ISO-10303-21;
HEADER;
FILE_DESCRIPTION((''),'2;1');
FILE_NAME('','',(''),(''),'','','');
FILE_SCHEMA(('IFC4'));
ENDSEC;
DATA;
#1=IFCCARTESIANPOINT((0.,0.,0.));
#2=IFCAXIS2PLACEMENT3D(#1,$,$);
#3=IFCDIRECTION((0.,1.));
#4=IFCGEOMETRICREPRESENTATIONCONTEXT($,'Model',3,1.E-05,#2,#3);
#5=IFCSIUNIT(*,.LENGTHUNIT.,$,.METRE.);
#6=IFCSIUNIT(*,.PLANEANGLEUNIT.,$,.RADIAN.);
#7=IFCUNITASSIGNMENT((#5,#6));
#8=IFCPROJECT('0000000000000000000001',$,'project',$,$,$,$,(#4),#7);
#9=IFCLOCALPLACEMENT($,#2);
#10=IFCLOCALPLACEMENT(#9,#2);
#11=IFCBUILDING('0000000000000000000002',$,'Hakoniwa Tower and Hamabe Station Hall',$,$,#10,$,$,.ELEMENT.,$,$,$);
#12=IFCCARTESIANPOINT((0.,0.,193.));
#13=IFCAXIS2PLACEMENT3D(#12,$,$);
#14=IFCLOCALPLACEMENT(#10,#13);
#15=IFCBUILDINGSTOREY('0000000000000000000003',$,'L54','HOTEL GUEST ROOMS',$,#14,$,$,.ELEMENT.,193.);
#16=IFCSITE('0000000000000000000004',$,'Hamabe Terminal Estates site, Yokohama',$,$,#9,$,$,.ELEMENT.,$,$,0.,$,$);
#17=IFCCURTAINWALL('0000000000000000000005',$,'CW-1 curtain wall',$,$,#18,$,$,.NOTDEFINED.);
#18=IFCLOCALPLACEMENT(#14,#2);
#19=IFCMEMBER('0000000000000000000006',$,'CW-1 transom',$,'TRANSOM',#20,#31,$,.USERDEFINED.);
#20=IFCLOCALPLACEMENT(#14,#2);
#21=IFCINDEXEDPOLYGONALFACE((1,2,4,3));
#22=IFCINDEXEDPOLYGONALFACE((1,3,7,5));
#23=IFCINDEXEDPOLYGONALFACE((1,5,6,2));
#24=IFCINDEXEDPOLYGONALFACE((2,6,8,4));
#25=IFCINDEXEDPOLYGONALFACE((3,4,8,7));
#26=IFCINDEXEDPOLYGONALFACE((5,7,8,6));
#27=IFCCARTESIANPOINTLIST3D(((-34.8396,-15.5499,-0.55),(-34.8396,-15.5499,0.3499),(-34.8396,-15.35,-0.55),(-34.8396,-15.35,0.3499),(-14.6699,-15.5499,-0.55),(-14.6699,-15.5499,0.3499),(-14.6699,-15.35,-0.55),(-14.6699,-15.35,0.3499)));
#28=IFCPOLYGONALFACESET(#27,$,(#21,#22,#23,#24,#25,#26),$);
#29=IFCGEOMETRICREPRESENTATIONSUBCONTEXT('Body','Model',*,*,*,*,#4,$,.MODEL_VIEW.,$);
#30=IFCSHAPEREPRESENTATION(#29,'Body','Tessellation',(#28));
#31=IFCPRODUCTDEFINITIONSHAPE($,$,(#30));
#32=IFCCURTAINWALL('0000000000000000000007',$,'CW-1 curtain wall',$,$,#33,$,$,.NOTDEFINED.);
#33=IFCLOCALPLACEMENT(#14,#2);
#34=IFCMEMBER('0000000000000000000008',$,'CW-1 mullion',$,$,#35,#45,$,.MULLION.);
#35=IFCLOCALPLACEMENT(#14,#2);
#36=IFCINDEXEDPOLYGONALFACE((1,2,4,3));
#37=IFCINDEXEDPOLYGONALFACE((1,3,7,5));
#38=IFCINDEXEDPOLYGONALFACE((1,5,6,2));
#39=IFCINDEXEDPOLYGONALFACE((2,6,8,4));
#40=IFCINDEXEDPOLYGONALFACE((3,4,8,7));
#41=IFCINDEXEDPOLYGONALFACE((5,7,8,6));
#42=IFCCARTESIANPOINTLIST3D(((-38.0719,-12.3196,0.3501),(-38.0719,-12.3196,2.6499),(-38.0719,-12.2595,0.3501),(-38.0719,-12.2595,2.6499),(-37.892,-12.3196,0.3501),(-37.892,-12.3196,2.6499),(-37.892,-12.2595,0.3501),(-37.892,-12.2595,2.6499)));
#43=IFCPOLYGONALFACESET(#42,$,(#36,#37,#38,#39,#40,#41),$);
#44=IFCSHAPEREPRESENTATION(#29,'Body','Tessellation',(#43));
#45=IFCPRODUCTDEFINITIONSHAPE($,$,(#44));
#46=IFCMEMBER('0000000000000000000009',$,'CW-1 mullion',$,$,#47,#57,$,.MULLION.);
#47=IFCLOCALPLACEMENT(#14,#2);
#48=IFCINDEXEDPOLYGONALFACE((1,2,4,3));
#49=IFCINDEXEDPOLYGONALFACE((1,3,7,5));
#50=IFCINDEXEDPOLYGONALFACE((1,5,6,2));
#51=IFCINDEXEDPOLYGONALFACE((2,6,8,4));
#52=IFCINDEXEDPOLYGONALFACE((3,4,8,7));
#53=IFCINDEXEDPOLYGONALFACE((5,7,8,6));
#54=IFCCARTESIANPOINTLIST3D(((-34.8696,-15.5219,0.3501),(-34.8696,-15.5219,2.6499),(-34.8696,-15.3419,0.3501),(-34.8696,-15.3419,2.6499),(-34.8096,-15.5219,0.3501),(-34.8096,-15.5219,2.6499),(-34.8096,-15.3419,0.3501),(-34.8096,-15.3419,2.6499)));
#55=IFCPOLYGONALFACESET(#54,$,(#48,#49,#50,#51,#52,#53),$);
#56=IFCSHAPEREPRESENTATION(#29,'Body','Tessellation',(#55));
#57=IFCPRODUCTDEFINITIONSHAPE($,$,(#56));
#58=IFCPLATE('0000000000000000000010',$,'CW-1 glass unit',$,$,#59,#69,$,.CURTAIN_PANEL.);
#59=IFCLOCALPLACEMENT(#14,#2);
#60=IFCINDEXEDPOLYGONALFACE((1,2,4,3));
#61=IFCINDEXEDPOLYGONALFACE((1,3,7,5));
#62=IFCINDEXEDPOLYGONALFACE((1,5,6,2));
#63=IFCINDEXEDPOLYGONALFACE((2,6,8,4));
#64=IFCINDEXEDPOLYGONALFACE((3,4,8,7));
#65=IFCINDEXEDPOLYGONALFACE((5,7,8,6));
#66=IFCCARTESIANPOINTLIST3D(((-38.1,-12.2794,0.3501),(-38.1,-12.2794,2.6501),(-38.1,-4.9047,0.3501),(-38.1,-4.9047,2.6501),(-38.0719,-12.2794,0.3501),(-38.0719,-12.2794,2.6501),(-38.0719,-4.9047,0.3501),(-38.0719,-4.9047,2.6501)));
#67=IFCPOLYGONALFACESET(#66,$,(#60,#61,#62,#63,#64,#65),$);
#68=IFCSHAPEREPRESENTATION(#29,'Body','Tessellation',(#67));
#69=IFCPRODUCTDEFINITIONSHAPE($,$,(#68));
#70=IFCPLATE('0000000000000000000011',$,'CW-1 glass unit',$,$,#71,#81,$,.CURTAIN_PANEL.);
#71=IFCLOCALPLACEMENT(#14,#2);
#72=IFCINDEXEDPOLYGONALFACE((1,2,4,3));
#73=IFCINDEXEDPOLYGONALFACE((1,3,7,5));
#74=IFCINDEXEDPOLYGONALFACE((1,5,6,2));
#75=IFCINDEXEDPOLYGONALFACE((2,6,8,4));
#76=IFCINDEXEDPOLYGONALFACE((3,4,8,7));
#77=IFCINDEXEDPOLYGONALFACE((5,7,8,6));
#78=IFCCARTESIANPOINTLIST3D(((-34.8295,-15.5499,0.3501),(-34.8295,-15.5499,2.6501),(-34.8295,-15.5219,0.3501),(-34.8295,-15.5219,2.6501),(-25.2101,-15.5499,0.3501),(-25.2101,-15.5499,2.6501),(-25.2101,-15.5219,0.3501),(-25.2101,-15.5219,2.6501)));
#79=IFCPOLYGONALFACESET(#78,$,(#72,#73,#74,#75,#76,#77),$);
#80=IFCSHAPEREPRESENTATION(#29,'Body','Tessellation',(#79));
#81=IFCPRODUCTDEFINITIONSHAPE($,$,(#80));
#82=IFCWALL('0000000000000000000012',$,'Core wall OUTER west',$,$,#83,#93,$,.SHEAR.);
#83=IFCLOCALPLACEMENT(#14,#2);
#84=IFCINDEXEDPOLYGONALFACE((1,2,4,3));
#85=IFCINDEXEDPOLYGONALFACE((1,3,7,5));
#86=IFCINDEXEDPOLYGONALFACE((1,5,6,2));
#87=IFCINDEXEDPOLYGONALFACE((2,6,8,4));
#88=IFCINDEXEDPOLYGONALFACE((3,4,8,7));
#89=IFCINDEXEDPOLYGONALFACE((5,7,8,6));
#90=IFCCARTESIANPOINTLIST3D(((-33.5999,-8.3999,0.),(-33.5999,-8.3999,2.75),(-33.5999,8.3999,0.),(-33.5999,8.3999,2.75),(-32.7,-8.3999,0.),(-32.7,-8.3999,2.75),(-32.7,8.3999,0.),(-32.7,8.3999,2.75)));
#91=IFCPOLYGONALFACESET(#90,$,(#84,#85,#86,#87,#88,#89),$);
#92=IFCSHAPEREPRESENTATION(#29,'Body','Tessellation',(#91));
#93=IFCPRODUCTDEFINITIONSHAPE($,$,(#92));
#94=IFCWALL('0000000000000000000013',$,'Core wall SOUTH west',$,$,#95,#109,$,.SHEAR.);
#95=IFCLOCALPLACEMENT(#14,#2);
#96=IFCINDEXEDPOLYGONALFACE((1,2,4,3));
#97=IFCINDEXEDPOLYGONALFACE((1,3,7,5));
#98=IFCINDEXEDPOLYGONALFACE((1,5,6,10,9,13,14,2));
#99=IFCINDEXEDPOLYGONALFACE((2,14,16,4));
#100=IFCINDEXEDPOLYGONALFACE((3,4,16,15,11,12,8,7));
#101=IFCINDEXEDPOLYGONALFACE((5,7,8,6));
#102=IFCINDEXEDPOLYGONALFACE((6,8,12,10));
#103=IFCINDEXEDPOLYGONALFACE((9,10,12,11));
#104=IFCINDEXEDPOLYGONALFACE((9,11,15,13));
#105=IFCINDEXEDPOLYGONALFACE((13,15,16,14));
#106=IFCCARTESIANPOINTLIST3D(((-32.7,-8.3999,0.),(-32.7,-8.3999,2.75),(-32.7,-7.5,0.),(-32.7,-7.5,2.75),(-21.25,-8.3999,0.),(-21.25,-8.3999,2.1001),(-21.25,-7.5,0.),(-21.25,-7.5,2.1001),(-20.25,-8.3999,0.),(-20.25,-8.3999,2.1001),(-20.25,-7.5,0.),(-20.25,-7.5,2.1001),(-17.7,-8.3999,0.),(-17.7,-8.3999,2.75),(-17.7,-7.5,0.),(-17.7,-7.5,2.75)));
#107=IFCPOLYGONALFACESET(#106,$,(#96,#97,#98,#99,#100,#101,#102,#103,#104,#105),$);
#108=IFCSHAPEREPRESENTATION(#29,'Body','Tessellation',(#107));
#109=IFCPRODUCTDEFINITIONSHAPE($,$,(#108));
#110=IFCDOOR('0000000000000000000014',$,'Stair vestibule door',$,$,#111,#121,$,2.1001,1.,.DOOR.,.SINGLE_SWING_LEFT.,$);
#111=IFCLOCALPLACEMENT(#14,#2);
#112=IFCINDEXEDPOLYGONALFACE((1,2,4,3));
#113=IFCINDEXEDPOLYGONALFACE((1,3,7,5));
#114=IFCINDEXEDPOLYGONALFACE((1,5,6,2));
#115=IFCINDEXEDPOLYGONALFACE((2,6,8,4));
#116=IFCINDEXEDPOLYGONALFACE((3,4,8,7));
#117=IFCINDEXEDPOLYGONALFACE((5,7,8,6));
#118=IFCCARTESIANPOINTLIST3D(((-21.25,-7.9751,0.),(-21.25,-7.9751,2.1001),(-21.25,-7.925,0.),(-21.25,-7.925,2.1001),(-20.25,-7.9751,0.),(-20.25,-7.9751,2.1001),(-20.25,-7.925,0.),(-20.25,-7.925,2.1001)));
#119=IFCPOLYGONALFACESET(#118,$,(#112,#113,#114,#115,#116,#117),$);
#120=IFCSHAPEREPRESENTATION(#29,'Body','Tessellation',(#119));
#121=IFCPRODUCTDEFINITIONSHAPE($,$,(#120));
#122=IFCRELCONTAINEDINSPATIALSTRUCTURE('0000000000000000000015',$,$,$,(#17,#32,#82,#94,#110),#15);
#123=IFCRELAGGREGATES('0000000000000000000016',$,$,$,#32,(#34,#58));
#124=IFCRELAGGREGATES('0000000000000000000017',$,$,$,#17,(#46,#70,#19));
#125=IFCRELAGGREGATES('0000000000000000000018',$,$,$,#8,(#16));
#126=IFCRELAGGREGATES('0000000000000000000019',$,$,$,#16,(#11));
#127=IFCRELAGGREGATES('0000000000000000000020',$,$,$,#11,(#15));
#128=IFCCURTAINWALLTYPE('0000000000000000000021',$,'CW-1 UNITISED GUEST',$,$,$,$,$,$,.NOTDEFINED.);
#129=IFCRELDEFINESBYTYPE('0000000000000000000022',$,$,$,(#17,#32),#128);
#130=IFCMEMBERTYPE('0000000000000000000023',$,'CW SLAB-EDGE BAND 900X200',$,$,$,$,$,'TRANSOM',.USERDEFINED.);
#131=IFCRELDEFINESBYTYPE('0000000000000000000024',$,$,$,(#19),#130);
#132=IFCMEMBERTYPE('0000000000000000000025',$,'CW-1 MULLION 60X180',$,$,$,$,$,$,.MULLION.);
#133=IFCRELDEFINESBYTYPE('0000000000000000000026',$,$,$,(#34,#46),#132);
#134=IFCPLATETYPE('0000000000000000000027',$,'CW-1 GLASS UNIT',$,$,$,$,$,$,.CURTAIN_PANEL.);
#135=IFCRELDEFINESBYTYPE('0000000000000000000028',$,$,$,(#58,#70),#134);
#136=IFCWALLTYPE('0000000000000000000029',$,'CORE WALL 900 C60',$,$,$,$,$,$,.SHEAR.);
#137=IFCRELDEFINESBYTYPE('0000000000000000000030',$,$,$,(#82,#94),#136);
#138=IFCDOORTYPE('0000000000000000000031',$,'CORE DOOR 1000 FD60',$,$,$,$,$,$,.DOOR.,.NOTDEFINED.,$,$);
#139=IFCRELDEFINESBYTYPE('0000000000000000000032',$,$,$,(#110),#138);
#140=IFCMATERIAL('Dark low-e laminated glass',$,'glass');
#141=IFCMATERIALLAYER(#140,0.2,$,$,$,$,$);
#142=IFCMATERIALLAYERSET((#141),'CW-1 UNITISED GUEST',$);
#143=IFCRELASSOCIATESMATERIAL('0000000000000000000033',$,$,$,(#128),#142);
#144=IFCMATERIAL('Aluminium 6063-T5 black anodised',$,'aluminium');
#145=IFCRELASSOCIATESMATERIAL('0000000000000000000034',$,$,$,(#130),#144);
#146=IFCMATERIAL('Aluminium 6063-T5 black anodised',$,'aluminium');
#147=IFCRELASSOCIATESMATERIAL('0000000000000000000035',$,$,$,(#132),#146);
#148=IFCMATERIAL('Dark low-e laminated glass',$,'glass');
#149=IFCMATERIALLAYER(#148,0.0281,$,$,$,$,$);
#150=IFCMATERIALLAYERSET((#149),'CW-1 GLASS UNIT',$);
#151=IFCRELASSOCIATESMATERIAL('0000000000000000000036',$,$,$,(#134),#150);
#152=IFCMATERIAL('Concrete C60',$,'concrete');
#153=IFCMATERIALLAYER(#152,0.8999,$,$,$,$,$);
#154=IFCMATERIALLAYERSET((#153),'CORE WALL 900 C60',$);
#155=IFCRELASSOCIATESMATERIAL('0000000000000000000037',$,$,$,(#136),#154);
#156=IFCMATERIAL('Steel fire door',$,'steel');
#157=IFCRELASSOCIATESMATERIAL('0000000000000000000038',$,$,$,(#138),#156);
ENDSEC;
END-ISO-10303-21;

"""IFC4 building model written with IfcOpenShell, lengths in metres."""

from ifc_helpers import new_model, si_unit, direction, frame, frame_2d, origin, origin_2d, place, context, subcontext, project, spatial, rectangle, extrude, material, layer, layer_set, material_profile, profile_set, type_object, element, fill, aggregate, save


model = new_model("IFC4")

# Units and contexts
model_context = context("Model", 3, precision=1e-05, world=origin(), true_north=direction((0.0, 1.0)))
body_context = subcontext(model_context, "Body", "Model", "MODEL_VIEW")
ifc_project = project(units=[si_unit("LENGTHUNIT", "METRE"), si_unit("PLANEANGLEUNIT", "RADIAN")], contexts=[model_context])

# Site, building, storey
site_placement = place(None, origin())
site = spatial("IfcSite", under=ifc_project, at=site_placement, Name="Hamabe Terminal Estates site, Yokohama", CompositionType="ELEMENT", RefElevation=0.0)
building_placement = place(site_placement, origin())
building = spatial("IfcBuilding", under=site, at=building_placement, Name="Hakoniwa Tower and Hamabe Station Hall", CompositionType="ELEMENT")
storey_placement = place(building_placement, frame((0.0, 0.0, 193.0)))
storey = spatial("IfcBuildingStorey", under=building, at=storey_placement, Name="L54", Description="HOTEL GUEST ROOMS", CompositionType="ELEMENT", Elevation=193.0)

# Curtain walls, members
ifc_material_1 = material(Name="Dark low-e laminated glass", Category="glass")
ifc_layer_1 = layer(ifc_material_1, 0.2)
ifc_layer_set_1 = layer_set([ifc_layer_1], Name="CW-1 UNITISED GUEST")
curtain_wall_type = type_object("IfcCurtainWallType", Name="CW-1 UNITISED GUEST", PredefinedType="NOTDEFINED", material=ifc_layer_set_1)
curtain_wall_1_placement = place(storey_placement, origin())
curtain_wall_1 = element("IfcCurtainWall", 1, at=curtain_wall_1_placement, inside=storey, type_object=curtain_wall_type, Name="CW-1 curtain wall", PredefinedType="NOTDEFINED")
ifc_material_2 = material(Name="Aluminium 6063-T5 black anodised", Category="aluminium")
ifc_material_profile_1 = material_profile(ifc_material_2, rectangle(XDim=0.2, YDim=0.8999, at=origin_2d()), Name="CW SLAB-EDGE BAND 900X200")
ifc_profile_set_1 = profile_set([ifc_material_profile_1], Name="Aluminium 6063-T5 black anodised")
member_type_1 = type_object("IfcMemberType", Name="CW SLAB-EDGE BAND 900X200", ElementType="TRANSOM", PredefinedType="USERDEFINED", material=ifc_profile_set_1)
member_1_placement = place(storey_placement, frame((-34.8396, -15.45, -0.1001), z_axis=(1.0, 0.0, 0.0), x_axis=(0.0, 1.0, 0.0)))
member_1 = element("IfcMember", 2, at=member_1_placement, type_object=member_type_1, Name="CW-1 transom", ObjectType="TRANSOM", PredefinedType="USERDEFINED", context=body_context, shape_type="SweptSolid", body=[
    extrude(rectangle(XDim=0.2, YDim=0.8999, at=origin_2d()), origin(), (0.0, 0.0, 1.0), 20.1697),
])
curtain_wall_2_placement = place(storey_placement, origin())
curtain_wall_2 = element("IfcCurtainWall", 3, at=curtain_wall_2_placement, inside=storey, type_object=curtain_wall_type, Name="CW-1 curtain wall", PredefinedType="NOTDEFINED")
ifc_material_3 = material(Name="Aluminium 6063-T5 black anodised", Category="aluminium")
ifc_material_profile_2 = material_profile(ifc_material_3, rectangle(XDim=0.0601, YDim=0.1799, at=origin_2d()), Name="CW-1 MULLION 60X180")
ifc_profile_set_2 = profile_set([ifc_material_profile_2], Name="Aluminium 6063-T5 black anodised")
member_type_2 = type_object("IfcMemberType", Name="CW-1 MULLION 60X180", PredefinedType="MULLION", material=ifc_profile_set_2)
member_2_placement = place(storey_placement, frame((-37.9819, -12.2896, 0.3501), z_axis=(0.0, 0.0, 1.0), x_axis=(0.0, -1.0, 0.0)))
member_2 = element("IfcMember", 4, at=member_2_placement, type_object=member_type_2, Name="CW-1 mullion", PredefinedType="MULLION", context=body_context, shape_type="SweptSolid", body=[
    extrude(rectangle(XDim=0.0601, YDim=0.1799, at=origin_2d()), origin(), (0.0, 0.0, 1.0), 2.2998),
])

# Member
member_3_placement = place(storey_placement, frame((-34.8396, -15.4319, 0.3501), z_axis=(0.0, 0.0, 1.0), x_axis=(1.0, 0.0, 0.0)))
member_3 = element("IfcMember", 5, at=member_3_placement, type_object=member_type_2, Name="CW-1 mullion", PredefinedType="MULLION", context=body_context, shape_type="SweptSolid", body=[
    extrude(rectangle(XDim=0.0601, YDim=0.1799, at=origin_2d()), origin(), (0.0, 0.0, 1.0), 2.2998),
])

# Plates
ifc_material_4 = material(Name="Dark low-e laminated glass", Category="glass")
ifc_layer_2 = layer(ifc_material_4, 0.0281)
ifc_layer_set_2 = layer_set([ifc_layer_2], Name="CW-1 GLASS UNIT")
plate_type = type_object("IfcPlateType", Name="CW-1 GLASS UNIT", PredefinedType="CURTAIN_PANEL", material=ifc_layer_set_2)
plate_1_placement = place(storey_placement, frame((-38.0859, -8.592, 0.3501), z_axis=(0.0, 0.0, 1.0), x_axis=(0.0, -1.0, 0.0)))
plate_1 = element("IfcPlate", 6, at=plate_1_placement, type_object=plate_type, Name="CW-1 glass unit", PredefinedType="CURTAIN_PANEL", context=body_context, shape_type="SweptSolid", body=[
    extrude(rectangle(XDim=7.3748, YDim=0.0281, at=origin_2d()), origin(), (0.0, 0.0, 1.0), 2.3),
])
aggregate(curtain_wall_2, [member_2, plate_1])
plate_2_placement = place(storey_placement, frame((-30.0198, -15.5359, 0.3501), z_axis=(0.0, 0.0, 1.0), x_axis=(1.0, 0.0, 0.0)))
plate_2 = element("IfcPlate", 7, at=plate_2_placement, type_object=plate_type, Name="CW-1 glass unit", PredefinedType="CURTAIN_PANEL", context=body_context, shape_type="SweptSolid", body=[
    extrude(rectangle(XDim=9.6194, YDim=0.0281, at=origin_2d()), origin(), (0.0, 0.0, 1.0), 2.3),
])
aggregate(curtain_wall_1, [member_3, plate_2, member_1])

# Wall
ifc_material_5 = material(Name="Concrete C60", Category="concrete")
ifc_layer_3 = layer(ifc_material_5, 0.8999)
ifc_layer_set_3 = layer_set([ifc_layer_3], Name="CORE WALL 900 C60")
wall_type_1 = type_object("IfcWallType", Name="CORE WALL 900 C60", PredefinedType="SHEAR", material=ifc_layer_set_3)
wall_1_placement = place(storey_placement, frame((-33.1499, -8.3999, 0.0), z_axis=(0.0, 0.0, 1.0), x_axis=(0.0, 1.0, 0.0)))
element("IfcWall", 8, at=wall_1_placement, inside=storey, type_object=wall_type_1, Name="Core wall OUTER west", PredefinedType="SHEAR", context=body_context, shape_type="SweptSolid", body=[
    extrude(rectangle(XDim=16.7998, YDim=0.8999, at=frame_2d((8.3999, 0.0))), origin(), (0.0, 0.0, 1.0), 2.75),
])

# Wall, opening, door
wall_2_placement = place(storey_placement, frame((-32.7, -7.95, 0.0), z_axis=(0.0, 0.0, 1.0), x_axis=(1.0, 0.0, 0.0)))
wall_2 = element("IfcWall", 9, at=wall_2_placement, inside=storey, type_object=wall_type_1, Name="Core wall SOUTH west", PredefinedType="SHEAR", context=body_context, shape_type="SweptSolid", body=[
    extrude(rectangle(XDim=15.0, YDim=0.8999, at=frame_2d((7.5, 0.0))), origin(), (0.0, 0.0, 1.0), 2.75),
])
opening_1_placement = place(wall_2_placement, frame((11.45, 0.0, 0.0)))
opening_1 = element("IfcOpeningElement", 10, at=opening_1_placement, cuts=wall_2, PredefinedType="OPENING", context=body_context, shape_type="SweptSolid", body=[
    extrude(rectangle(XDim=1.0, YDim=2.1001, at=frame_2d((0.5, 1.05))), frame((0.0, 0.46, 0.0), z_axis=(0.0, -1.0, 0.0), x_axis=(1.0, 0.0, 0.0)), (0.0, 0.0, 1.0), 0.9199),
])
ifc_material_6 = material(Name="Steel fire door", Category="steel")
door_type_1 = type_object("IfcDoorType", Name="CORE DOOR 1000 FD60", OperationType="NOTDEFINED", PredefinedType="DOOR", material=ifc_material_6)
door_1_placement = place(opening_1_placement, origin())
door_1 = element("IfcDoor", 11, at=door_1_placement, inside=storey, type_object=door_type_1, Name="Stair vestibule door", OperationType="SINGLE_SWING_LEFT", OverallHeight=2.1001, OverallWidth=1.0, PredefinedType="DOOR", context=body_context, shape_type="SweptSolid", body=[
    extrude(rectangle(XDim=1.0, YDim=2.1001, at=frame_2d((0.5, 1.05))), frame((0.0, 0.0249, 0.0), z_axis=(0.0, -1.0, 0.0), x_axis=(1.0, 0.0, 0.0)), (0.0, 0.0, 1.0), 0.05),
])
fill(opening_1, door_1)

save(model, "model.ifc")
